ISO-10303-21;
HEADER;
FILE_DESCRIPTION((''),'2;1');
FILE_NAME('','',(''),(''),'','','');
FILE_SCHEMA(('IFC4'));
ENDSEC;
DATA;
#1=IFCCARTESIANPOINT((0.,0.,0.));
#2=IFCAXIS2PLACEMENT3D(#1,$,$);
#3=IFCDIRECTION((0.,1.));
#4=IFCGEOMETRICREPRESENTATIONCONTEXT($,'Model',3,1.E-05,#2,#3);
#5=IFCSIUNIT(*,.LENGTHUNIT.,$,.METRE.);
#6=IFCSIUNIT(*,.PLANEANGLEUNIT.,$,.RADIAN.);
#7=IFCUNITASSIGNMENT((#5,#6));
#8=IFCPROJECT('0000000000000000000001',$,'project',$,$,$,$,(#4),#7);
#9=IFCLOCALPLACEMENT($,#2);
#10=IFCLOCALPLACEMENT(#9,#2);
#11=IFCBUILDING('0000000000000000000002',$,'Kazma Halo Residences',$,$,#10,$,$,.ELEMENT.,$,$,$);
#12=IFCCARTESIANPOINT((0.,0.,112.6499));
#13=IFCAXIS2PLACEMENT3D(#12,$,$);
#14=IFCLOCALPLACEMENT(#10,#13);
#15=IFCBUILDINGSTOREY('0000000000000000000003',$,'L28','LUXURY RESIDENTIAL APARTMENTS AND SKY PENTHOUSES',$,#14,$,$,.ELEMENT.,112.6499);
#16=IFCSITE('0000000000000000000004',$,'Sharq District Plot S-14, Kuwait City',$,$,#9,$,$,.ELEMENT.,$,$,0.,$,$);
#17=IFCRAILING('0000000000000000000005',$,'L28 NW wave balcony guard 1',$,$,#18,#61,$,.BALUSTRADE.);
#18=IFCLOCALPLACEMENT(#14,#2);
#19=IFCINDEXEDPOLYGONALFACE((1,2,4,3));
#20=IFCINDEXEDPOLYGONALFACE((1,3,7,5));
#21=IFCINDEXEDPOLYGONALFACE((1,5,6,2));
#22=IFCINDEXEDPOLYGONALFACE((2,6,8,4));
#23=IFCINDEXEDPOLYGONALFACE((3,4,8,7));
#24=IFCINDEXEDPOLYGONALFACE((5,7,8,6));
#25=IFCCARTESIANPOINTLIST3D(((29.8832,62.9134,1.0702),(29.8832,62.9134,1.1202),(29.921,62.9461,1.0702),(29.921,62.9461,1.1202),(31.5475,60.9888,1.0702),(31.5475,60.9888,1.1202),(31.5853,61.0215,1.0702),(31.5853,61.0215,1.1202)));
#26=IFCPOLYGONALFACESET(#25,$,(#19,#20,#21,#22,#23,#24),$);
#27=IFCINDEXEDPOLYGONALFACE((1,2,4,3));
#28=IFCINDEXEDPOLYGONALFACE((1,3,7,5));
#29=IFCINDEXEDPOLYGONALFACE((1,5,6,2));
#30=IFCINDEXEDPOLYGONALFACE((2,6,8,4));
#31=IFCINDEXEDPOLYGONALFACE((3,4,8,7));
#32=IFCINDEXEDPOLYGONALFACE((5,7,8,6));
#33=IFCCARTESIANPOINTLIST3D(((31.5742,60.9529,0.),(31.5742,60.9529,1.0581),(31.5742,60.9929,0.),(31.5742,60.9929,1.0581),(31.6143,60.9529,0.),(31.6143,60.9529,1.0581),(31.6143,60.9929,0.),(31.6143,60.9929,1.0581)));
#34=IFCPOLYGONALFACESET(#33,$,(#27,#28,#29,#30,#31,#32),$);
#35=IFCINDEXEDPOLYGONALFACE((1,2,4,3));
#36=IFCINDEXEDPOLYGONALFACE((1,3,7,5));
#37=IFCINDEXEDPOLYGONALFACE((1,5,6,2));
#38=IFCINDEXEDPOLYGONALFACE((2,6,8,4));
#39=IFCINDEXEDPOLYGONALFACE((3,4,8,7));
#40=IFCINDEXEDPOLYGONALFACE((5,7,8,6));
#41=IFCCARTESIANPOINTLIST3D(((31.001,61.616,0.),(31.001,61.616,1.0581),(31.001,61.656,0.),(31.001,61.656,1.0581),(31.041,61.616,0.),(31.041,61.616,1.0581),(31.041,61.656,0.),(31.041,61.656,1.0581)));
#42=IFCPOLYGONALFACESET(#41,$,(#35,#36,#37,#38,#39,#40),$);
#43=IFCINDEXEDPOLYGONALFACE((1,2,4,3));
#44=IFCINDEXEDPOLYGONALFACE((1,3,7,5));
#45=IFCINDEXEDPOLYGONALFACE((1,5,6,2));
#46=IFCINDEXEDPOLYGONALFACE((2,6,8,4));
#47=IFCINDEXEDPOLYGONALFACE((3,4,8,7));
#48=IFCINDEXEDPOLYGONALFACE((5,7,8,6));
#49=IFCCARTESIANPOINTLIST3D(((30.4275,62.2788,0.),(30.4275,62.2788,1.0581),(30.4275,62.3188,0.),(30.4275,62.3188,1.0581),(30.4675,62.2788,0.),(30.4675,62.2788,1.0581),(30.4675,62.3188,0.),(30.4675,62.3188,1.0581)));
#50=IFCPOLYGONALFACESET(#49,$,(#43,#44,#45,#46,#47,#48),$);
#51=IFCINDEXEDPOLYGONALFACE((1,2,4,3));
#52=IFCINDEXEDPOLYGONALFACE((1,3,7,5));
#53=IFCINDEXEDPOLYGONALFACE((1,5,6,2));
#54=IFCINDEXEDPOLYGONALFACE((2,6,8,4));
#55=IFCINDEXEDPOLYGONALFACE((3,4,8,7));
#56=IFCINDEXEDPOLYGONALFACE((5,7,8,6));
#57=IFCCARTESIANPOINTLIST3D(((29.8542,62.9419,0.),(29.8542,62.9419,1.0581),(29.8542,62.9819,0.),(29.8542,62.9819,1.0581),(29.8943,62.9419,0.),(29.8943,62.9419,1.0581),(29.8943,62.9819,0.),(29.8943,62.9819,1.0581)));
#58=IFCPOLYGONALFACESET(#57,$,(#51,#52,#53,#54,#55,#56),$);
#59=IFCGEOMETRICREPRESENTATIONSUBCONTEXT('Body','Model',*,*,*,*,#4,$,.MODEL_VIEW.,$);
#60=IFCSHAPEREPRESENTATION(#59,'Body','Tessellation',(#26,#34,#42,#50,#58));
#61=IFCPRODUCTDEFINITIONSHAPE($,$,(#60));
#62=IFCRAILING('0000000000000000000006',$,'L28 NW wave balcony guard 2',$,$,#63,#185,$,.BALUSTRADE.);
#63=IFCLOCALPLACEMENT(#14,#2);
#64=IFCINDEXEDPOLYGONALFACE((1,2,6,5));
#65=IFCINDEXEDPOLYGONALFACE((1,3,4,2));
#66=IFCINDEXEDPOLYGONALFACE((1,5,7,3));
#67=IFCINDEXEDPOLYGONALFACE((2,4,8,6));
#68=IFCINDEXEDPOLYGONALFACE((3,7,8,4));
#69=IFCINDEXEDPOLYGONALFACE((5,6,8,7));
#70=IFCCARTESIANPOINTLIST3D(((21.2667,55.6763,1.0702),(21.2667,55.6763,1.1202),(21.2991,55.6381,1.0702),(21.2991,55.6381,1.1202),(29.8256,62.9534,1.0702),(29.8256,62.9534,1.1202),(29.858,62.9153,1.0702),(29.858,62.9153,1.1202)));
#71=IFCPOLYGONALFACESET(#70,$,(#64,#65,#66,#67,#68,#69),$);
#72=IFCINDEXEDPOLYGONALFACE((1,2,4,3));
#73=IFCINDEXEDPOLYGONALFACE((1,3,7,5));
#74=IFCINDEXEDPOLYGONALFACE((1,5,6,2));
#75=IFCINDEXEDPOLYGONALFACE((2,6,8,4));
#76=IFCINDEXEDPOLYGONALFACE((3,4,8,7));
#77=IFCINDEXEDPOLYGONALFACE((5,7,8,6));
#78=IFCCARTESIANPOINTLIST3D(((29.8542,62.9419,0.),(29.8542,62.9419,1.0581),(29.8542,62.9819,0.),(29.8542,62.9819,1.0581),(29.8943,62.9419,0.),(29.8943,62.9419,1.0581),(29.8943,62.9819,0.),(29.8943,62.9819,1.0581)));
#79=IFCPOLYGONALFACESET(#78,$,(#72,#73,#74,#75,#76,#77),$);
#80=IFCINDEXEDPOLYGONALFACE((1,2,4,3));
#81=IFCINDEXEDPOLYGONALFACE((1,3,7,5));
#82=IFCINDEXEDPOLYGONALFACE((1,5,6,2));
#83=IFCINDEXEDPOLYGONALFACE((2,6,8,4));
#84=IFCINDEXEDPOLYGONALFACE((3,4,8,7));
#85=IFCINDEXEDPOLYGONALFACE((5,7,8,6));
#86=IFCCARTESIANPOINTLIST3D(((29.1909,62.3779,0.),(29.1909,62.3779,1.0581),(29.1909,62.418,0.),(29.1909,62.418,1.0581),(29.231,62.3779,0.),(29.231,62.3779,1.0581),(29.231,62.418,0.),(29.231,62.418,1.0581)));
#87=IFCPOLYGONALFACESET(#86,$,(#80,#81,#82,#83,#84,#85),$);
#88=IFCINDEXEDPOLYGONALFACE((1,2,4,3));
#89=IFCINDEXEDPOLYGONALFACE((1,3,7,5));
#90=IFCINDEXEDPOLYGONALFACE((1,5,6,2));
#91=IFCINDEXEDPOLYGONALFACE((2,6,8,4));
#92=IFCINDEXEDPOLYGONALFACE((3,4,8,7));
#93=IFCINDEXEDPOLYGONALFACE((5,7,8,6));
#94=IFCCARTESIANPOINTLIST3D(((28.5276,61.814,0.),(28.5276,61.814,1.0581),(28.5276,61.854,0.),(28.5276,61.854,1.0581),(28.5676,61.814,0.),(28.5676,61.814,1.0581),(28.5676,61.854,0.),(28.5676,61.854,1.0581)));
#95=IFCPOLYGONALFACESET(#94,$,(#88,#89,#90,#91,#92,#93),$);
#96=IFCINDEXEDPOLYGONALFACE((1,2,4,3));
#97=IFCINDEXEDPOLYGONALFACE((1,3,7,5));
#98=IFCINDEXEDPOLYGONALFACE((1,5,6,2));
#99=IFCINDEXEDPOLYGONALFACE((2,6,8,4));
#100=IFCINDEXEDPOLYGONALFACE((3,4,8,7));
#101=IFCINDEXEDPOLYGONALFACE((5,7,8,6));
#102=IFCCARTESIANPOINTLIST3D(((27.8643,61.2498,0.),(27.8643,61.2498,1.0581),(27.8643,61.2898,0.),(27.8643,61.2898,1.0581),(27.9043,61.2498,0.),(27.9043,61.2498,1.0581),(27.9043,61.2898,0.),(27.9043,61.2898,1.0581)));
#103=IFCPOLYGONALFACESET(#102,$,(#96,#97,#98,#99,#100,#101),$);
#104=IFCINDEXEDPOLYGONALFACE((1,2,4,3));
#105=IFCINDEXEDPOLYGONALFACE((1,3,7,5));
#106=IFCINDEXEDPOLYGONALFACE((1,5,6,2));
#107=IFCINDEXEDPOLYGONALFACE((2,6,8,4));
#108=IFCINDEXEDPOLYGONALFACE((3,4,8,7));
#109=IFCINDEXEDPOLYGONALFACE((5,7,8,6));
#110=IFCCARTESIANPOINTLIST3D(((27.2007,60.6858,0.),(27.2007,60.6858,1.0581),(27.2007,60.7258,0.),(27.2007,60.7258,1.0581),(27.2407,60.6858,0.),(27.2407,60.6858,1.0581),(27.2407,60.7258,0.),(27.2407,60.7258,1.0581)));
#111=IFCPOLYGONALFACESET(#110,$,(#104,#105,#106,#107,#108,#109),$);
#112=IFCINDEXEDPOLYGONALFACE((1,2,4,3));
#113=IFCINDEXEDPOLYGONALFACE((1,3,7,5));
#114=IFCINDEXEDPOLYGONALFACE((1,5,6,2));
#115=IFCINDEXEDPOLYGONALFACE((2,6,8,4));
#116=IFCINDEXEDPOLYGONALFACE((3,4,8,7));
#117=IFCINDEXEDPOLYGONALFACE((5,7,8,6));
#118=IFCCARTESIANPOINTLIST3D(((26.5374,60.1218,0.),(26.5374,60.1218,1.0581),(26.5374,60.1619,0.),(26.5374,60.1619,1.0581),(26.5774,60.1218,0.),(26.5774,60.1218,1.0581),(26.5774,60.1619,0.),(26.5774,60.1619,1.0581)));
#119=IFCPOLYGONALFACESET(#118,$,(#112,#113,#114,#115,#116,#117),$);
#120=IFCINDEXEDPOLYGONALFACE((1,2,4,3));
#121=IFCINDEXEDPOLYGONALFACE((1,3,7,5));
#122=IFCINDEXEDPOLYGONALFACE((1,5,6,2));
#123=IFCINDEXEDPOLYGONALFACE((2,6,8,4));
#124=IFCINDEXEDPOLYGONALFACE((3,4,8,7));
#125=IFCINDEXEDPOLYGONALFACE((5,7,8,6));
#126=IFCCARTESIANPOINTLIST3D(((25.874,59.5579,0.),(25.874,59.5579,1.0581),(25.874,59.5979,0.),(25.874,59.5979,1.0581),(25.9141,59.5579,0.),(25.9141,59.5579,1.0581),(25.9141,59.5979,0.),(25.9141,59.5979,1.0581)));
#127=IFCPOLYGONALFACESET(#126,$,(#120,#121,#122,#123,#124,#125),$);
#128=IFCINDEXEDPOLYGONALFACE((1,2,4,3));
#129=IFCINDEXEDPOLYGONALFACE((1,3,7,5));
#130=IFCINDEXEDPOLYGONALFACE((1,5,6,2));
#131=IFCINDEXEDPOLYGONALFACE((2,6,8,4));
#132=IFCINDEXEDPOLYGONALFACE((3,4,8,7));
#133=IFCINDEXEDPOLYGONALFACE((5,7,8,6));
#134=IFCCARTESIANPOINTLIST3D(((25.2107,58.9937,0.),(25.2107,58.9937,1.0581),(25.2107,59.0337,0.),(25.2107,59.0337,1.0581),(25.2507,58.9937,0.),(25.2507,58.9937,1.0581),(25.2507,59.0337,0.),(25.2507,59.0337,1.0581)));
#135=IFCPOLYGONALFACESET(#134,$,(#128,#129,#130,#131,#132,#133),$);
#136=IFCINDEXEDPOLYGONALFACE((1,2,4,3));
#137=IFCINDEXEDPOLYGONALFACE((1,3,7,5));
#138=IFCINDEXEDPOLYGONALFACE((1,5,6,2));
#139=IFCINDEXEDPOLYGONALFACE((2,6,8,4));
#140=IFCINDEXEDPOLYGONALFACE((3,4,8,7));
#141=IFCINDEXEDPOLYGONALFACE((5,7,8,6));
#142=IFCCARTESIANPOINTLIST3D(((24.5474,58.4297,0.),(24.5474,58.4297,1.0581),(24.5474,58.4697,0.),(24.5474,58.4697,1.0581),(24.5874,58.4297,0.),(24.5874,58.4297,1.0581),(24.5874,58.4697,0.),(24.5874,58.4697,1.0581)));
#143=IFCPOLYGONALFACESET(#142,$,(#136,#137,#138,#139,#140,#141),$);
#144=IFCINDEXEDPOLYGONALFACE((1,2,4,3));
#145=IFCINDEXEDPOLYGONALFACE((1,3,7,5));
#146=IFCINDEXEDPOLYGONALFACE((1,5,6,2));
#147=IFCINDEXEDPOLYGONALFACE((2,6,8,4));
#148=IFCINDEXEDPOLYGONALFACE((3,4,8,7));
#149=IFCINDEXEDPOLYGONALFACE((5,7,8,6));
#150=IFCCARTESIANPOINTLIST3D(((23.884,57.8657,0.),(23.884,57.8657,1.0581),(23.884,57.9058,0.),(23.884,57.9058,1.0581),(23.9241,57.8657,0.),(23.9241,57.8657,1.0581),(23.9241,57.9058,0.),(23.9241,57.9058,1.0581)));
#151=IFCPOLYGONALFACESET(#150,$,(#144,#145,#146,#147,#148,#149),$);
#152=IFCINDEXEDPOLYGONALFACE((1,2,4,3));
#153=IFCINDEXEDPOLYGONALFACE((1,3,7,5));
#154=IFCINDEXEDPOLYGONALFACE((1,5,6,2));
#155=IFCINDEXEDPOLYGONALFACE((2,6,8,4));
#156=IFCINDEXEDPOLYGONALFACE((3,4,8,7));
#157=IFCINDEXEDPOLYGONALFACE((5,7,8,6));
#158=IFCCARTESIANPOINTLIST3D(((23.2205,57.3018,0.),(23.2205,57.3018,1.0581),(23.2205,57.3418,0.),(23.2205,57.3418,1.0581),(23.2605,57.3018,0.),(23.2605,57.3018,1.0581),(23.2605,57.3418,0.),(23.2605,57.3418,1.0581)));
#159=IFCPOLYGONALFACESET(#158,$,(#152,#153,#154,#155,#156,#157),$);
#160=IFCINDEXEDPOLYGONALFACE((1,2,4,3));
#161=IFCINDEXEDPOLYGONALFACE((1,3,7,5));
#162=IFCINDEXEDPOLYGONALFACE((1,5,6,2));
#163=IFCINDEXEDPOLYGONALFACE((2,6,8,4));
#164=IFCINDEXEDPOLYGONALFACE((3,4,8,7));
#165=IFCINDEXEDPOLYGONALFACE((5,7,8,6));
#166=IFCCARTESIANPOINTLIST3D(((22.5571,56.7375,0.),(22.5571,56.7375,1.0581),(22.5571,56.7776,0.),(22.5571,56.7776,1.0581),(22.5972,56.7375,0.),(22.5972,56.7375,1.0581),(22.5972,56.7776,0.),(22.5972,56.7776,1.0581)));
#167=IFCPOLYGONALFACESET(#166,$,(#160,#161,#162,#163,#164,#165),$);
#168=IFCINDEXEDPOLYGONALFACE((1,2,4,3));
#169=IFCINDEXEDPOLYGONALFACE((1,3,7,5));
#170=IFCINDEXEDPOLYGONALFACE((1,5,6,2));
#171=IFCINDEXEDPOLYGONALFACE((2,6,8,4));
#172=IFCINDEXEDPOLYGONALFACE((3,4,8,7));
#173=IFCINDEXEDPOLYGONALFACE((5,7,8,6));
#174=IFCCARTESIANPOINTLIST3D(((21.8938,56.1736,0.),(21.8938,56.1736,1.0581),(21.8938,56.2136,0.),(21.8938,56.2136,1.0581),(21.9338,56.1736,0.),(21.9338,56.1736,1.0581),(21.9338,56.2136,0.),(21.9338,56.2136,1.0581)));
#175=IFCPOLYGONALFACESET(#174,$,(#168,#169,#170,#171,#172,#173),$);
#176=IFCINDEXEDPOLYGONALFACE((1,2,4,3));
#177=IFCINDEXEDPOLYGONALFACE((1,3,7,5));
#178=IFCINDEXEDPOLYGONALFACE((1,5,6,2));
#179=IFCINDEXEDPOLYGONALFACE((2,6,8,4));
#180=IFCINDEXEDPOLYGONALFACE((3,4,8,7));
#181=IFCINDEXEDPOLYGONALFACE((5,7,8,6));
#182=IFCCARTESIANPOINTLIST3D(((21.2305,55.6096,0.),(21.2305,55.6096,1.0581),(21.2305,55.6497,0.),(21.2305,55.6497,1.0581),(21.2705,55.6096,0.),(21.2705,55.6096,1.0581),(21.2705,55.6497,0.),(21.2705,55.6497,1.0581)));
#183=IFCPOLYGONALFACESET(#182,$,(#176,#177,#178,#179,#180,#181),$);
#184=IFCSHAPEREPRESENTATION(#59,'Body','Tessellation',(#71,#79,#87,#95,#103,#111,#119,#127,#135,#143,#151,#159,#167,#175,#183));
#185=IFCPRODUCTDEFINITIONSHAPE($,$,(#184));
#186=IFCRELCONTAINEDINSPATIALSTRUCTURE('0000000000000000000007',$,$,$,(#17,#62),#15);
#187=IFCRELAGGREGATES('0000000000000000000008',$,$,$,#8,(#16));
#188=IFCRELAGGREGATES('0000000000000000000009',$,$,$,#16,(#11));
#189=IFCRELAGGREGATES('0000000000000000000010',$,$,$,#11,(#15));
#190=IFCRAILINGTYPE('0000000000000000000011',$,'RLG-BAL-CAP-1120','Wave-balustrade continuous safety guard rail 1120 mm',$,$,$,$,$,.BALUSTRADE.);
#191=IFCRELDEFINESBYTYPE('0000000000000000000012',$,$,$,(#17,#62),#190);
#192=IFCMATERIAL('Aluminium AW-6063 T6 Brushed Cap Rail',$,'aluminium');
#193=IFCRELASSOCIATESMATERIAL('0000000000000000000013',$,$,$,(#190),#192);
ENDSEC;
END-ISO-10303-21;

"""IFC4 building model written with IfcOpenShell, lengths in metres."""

from ifc_helpers import new_model, si_unit, direction, frame, origin, origin_2d, place, context, subcontext, project, spatial, rectangle, extrude, material, type_object, element, save


model = new_model("IFC4")

# Units and contexts
model_context = context("Model", 3, precision=1e-05, world=origin(), true_north=direction((0.0, 1.0)))
body_context = subcontext(model_context, "Body", "Model", "MODEL_VIEW")
ifc_project = project(units=[si_unit("LENGTHUNIT", "METRE"), si_unit("PLANEANGLEUNIT", "RADIAN")], contexts=[model_context])

# Site, building, storey
site_placement = place(None, origin())
site = spatial("IfcSite", under=ifc_project, at=site_placement, Name="Sharq District Plot S-14, Kuwait City", CompositionType="ELEMENT", RefElevation=0.0)
building_placement = place(site_placement, origin())
building = spatial("IfcBuilding", under=site, at=building_placement, Name="Kazma Halo Residences", CompositionType="ELEMENT")
storey_placement = place(building_placement, frame((0.0, 0.0, 112.6499)))
storey = spatial("IfcBuildingStorey", under=building, at=storey_placement, Name="L28", Description="LUXURY RESIDENTIAL APARTMENTS AND SKY PENTHOUSES", CompositionType="ELEMENT", Elevation=112.6499)

# Railings
ifc_material_1 = material(Name="Aluminium AW-6063 T6 Brushed Cap Rail", Category="aluminium")
railing_type = type_object("IfcRailingType", Name="RLG-BAL-CAP-1120", Description="Wave-balustrade continuous safety guard rail 1120 mm", PredefinedType="BALUSTRADE", material=ifc_material_1)
railing_1_placement = place(storey_placement, frame((31.5942, 60.9729, 0.0)))
element("IfcRailing", 1, at=railing_1_placement, inside=storey, type_object=railing_type, Name="L28 NW wave balcony guard 1", PredefinedType="BALUSTRADE", context=body_context, shape_type="SweptSolid", body=[
    extrude(rectangle(XDim=0.05, YDim=0.05, at=origin_2d()), frame((-0.0278, 0.0322, 1.0952), z_axis=(-0.654096, 0.756412, 0.0), x_axis=(-0.756412, -0.654096, 0.0)), (0.0, 0.0, 1.0), 2.5444),
    extrude(rectangle(XDim=0.04, YDim=0.04, at=origin_2d()), origin(), (0.0, 0.0, 1.0), 1.0581),
    extrude(rectangle(XDim=0.04, YDim=0.04, at=origin_2d()), frame((-0.5732, 0.6631, 0.0)), (0.0, 0.0, 1.0), 1.0581),
    extrude(rectangle(XDim=0.04, YDim=0.04, at=origin_2d()), frame((-1.1467, 1.3259, 0.0)), (0.0, 0.0, 1.0), 1.0581),
    extrude(rectangle(XDim=0.04, YDim=0.04, at=origin_2d()), frame((-1.72, 1.989, 0.0)), (0.0, 0.0, 1.0), 1.0581),
])
railing_2_placement = place(storey_placement, frame((29.8743, 62.9619, 0.0)))
element("IfcRailing", 2, at=railing_2_placement, inside=storey, type_object=railing_type, Name="L28 NW wave balcony guard 2", PredefinedType="BALUSTRADE", context=body_context, shape_type="SweptSolid", body=[
    extrude(rectangle(XDim=0.05, YDim=0.05, at=origin_2d()), frame((-0.0325, -0.0276, 1.0952), z_axis=(-0.761849, -0.647754, 0.0), x_axis=(0.647754, -0.761849, 0.0)), (0.0, 0.0, 1.0), 11.2344),
    extrude(rectangle(XDim=0.04, YDim=0.04, at=origin_2d()), origin(), (0.0, 0.0, 1.0), 1.0581),
    extrude(rectangle(XDim=0.04, YDim=0.04, at=origin_2d()), frame((-0.6633, -0.564, 0.0)), (0.0, 0.0, 1.0), 1.0581),
    extrude(rectangle(XDim=0.04, YDim=0.04, at=origin_2d()), frame((-1.3267, -1.1279, 0.0)), (0.0, 0.0, 1.0), 1.0581),
    extrude(rectangle(XDim=0.04, YDim=0.04, at=origin_2d()), frame((-1.99, -1.6921, 0.0)), (0.0, 0.0, 1.0), 1.0581),
    extrude(rectangle(XDim=0.04, YDim=0.04, at=origin_2d()), frame((-2.6536, -2.2561, 0.0)), (0.0, 0.0, 1.0), 1.0581),
    extrude(rectangle(XDim=0.04, YDim=0.04, at=origin_2d()), frame((-3.3169, -2.8201, 0.0)), (0.0, 0.0, 1.0), 1.0581),
    extrude(rectangle(XDim=0.04, YDim=0.04, at=origin_2d()), frame((-3.9802, -3.384, 0.0)), (0.0, 0.0, 1.0), 1.0581),
    extrude(rectangle(XDim=0.04, YDim=0.04, at=origin_2d()), frame((-4.6436, -3.9482, 0.0)), (0.0, 0.0, 1.0), 1.0581),
    extrude(rectangle(XDim=0.04, YDim=0.04, at=origin_2d()), frame((-5.3069, -4.5122, 0.0)), (0.0, 0.0, 1.0), 1.0581),
    extrude(rectangle(XDim=0.04, YDim=0.04, at=origin_2d()), frame((-5.9702, -5.0762, 0.0)), (0.0, 0.0, 1.0), 1.0581),
    extrude(rectangle(XDim=0.04, YDim=0.04, at=origin_2d()), frame((-6.6338, -5.6401, 0.0)), (0.0, 0.0, 1.0), 1.0581),
    extrude(rectangle(XDim=0.04, YDim=0.04, at=origin_2d()), frame((-7.2971, -6.2043, 0.0)), (0.0, 0.0, 1.0), 1.0581),
    extrude(rectangle(XDim=0.04, YDim=0.04, at=origin_2d()), frame((-7.9604, -6.7683, 0.0)), (0.0, 0.0, 1.0), 1.0581),
    extrude(rectangle(XDim=0.04, YDim=0.04, at=origin_2d()), frame((-8.6238, -7.3323, 0.0)), (0.0, 0.0, 1.0), 1.0581),
])

save(model, "model.ifc")
